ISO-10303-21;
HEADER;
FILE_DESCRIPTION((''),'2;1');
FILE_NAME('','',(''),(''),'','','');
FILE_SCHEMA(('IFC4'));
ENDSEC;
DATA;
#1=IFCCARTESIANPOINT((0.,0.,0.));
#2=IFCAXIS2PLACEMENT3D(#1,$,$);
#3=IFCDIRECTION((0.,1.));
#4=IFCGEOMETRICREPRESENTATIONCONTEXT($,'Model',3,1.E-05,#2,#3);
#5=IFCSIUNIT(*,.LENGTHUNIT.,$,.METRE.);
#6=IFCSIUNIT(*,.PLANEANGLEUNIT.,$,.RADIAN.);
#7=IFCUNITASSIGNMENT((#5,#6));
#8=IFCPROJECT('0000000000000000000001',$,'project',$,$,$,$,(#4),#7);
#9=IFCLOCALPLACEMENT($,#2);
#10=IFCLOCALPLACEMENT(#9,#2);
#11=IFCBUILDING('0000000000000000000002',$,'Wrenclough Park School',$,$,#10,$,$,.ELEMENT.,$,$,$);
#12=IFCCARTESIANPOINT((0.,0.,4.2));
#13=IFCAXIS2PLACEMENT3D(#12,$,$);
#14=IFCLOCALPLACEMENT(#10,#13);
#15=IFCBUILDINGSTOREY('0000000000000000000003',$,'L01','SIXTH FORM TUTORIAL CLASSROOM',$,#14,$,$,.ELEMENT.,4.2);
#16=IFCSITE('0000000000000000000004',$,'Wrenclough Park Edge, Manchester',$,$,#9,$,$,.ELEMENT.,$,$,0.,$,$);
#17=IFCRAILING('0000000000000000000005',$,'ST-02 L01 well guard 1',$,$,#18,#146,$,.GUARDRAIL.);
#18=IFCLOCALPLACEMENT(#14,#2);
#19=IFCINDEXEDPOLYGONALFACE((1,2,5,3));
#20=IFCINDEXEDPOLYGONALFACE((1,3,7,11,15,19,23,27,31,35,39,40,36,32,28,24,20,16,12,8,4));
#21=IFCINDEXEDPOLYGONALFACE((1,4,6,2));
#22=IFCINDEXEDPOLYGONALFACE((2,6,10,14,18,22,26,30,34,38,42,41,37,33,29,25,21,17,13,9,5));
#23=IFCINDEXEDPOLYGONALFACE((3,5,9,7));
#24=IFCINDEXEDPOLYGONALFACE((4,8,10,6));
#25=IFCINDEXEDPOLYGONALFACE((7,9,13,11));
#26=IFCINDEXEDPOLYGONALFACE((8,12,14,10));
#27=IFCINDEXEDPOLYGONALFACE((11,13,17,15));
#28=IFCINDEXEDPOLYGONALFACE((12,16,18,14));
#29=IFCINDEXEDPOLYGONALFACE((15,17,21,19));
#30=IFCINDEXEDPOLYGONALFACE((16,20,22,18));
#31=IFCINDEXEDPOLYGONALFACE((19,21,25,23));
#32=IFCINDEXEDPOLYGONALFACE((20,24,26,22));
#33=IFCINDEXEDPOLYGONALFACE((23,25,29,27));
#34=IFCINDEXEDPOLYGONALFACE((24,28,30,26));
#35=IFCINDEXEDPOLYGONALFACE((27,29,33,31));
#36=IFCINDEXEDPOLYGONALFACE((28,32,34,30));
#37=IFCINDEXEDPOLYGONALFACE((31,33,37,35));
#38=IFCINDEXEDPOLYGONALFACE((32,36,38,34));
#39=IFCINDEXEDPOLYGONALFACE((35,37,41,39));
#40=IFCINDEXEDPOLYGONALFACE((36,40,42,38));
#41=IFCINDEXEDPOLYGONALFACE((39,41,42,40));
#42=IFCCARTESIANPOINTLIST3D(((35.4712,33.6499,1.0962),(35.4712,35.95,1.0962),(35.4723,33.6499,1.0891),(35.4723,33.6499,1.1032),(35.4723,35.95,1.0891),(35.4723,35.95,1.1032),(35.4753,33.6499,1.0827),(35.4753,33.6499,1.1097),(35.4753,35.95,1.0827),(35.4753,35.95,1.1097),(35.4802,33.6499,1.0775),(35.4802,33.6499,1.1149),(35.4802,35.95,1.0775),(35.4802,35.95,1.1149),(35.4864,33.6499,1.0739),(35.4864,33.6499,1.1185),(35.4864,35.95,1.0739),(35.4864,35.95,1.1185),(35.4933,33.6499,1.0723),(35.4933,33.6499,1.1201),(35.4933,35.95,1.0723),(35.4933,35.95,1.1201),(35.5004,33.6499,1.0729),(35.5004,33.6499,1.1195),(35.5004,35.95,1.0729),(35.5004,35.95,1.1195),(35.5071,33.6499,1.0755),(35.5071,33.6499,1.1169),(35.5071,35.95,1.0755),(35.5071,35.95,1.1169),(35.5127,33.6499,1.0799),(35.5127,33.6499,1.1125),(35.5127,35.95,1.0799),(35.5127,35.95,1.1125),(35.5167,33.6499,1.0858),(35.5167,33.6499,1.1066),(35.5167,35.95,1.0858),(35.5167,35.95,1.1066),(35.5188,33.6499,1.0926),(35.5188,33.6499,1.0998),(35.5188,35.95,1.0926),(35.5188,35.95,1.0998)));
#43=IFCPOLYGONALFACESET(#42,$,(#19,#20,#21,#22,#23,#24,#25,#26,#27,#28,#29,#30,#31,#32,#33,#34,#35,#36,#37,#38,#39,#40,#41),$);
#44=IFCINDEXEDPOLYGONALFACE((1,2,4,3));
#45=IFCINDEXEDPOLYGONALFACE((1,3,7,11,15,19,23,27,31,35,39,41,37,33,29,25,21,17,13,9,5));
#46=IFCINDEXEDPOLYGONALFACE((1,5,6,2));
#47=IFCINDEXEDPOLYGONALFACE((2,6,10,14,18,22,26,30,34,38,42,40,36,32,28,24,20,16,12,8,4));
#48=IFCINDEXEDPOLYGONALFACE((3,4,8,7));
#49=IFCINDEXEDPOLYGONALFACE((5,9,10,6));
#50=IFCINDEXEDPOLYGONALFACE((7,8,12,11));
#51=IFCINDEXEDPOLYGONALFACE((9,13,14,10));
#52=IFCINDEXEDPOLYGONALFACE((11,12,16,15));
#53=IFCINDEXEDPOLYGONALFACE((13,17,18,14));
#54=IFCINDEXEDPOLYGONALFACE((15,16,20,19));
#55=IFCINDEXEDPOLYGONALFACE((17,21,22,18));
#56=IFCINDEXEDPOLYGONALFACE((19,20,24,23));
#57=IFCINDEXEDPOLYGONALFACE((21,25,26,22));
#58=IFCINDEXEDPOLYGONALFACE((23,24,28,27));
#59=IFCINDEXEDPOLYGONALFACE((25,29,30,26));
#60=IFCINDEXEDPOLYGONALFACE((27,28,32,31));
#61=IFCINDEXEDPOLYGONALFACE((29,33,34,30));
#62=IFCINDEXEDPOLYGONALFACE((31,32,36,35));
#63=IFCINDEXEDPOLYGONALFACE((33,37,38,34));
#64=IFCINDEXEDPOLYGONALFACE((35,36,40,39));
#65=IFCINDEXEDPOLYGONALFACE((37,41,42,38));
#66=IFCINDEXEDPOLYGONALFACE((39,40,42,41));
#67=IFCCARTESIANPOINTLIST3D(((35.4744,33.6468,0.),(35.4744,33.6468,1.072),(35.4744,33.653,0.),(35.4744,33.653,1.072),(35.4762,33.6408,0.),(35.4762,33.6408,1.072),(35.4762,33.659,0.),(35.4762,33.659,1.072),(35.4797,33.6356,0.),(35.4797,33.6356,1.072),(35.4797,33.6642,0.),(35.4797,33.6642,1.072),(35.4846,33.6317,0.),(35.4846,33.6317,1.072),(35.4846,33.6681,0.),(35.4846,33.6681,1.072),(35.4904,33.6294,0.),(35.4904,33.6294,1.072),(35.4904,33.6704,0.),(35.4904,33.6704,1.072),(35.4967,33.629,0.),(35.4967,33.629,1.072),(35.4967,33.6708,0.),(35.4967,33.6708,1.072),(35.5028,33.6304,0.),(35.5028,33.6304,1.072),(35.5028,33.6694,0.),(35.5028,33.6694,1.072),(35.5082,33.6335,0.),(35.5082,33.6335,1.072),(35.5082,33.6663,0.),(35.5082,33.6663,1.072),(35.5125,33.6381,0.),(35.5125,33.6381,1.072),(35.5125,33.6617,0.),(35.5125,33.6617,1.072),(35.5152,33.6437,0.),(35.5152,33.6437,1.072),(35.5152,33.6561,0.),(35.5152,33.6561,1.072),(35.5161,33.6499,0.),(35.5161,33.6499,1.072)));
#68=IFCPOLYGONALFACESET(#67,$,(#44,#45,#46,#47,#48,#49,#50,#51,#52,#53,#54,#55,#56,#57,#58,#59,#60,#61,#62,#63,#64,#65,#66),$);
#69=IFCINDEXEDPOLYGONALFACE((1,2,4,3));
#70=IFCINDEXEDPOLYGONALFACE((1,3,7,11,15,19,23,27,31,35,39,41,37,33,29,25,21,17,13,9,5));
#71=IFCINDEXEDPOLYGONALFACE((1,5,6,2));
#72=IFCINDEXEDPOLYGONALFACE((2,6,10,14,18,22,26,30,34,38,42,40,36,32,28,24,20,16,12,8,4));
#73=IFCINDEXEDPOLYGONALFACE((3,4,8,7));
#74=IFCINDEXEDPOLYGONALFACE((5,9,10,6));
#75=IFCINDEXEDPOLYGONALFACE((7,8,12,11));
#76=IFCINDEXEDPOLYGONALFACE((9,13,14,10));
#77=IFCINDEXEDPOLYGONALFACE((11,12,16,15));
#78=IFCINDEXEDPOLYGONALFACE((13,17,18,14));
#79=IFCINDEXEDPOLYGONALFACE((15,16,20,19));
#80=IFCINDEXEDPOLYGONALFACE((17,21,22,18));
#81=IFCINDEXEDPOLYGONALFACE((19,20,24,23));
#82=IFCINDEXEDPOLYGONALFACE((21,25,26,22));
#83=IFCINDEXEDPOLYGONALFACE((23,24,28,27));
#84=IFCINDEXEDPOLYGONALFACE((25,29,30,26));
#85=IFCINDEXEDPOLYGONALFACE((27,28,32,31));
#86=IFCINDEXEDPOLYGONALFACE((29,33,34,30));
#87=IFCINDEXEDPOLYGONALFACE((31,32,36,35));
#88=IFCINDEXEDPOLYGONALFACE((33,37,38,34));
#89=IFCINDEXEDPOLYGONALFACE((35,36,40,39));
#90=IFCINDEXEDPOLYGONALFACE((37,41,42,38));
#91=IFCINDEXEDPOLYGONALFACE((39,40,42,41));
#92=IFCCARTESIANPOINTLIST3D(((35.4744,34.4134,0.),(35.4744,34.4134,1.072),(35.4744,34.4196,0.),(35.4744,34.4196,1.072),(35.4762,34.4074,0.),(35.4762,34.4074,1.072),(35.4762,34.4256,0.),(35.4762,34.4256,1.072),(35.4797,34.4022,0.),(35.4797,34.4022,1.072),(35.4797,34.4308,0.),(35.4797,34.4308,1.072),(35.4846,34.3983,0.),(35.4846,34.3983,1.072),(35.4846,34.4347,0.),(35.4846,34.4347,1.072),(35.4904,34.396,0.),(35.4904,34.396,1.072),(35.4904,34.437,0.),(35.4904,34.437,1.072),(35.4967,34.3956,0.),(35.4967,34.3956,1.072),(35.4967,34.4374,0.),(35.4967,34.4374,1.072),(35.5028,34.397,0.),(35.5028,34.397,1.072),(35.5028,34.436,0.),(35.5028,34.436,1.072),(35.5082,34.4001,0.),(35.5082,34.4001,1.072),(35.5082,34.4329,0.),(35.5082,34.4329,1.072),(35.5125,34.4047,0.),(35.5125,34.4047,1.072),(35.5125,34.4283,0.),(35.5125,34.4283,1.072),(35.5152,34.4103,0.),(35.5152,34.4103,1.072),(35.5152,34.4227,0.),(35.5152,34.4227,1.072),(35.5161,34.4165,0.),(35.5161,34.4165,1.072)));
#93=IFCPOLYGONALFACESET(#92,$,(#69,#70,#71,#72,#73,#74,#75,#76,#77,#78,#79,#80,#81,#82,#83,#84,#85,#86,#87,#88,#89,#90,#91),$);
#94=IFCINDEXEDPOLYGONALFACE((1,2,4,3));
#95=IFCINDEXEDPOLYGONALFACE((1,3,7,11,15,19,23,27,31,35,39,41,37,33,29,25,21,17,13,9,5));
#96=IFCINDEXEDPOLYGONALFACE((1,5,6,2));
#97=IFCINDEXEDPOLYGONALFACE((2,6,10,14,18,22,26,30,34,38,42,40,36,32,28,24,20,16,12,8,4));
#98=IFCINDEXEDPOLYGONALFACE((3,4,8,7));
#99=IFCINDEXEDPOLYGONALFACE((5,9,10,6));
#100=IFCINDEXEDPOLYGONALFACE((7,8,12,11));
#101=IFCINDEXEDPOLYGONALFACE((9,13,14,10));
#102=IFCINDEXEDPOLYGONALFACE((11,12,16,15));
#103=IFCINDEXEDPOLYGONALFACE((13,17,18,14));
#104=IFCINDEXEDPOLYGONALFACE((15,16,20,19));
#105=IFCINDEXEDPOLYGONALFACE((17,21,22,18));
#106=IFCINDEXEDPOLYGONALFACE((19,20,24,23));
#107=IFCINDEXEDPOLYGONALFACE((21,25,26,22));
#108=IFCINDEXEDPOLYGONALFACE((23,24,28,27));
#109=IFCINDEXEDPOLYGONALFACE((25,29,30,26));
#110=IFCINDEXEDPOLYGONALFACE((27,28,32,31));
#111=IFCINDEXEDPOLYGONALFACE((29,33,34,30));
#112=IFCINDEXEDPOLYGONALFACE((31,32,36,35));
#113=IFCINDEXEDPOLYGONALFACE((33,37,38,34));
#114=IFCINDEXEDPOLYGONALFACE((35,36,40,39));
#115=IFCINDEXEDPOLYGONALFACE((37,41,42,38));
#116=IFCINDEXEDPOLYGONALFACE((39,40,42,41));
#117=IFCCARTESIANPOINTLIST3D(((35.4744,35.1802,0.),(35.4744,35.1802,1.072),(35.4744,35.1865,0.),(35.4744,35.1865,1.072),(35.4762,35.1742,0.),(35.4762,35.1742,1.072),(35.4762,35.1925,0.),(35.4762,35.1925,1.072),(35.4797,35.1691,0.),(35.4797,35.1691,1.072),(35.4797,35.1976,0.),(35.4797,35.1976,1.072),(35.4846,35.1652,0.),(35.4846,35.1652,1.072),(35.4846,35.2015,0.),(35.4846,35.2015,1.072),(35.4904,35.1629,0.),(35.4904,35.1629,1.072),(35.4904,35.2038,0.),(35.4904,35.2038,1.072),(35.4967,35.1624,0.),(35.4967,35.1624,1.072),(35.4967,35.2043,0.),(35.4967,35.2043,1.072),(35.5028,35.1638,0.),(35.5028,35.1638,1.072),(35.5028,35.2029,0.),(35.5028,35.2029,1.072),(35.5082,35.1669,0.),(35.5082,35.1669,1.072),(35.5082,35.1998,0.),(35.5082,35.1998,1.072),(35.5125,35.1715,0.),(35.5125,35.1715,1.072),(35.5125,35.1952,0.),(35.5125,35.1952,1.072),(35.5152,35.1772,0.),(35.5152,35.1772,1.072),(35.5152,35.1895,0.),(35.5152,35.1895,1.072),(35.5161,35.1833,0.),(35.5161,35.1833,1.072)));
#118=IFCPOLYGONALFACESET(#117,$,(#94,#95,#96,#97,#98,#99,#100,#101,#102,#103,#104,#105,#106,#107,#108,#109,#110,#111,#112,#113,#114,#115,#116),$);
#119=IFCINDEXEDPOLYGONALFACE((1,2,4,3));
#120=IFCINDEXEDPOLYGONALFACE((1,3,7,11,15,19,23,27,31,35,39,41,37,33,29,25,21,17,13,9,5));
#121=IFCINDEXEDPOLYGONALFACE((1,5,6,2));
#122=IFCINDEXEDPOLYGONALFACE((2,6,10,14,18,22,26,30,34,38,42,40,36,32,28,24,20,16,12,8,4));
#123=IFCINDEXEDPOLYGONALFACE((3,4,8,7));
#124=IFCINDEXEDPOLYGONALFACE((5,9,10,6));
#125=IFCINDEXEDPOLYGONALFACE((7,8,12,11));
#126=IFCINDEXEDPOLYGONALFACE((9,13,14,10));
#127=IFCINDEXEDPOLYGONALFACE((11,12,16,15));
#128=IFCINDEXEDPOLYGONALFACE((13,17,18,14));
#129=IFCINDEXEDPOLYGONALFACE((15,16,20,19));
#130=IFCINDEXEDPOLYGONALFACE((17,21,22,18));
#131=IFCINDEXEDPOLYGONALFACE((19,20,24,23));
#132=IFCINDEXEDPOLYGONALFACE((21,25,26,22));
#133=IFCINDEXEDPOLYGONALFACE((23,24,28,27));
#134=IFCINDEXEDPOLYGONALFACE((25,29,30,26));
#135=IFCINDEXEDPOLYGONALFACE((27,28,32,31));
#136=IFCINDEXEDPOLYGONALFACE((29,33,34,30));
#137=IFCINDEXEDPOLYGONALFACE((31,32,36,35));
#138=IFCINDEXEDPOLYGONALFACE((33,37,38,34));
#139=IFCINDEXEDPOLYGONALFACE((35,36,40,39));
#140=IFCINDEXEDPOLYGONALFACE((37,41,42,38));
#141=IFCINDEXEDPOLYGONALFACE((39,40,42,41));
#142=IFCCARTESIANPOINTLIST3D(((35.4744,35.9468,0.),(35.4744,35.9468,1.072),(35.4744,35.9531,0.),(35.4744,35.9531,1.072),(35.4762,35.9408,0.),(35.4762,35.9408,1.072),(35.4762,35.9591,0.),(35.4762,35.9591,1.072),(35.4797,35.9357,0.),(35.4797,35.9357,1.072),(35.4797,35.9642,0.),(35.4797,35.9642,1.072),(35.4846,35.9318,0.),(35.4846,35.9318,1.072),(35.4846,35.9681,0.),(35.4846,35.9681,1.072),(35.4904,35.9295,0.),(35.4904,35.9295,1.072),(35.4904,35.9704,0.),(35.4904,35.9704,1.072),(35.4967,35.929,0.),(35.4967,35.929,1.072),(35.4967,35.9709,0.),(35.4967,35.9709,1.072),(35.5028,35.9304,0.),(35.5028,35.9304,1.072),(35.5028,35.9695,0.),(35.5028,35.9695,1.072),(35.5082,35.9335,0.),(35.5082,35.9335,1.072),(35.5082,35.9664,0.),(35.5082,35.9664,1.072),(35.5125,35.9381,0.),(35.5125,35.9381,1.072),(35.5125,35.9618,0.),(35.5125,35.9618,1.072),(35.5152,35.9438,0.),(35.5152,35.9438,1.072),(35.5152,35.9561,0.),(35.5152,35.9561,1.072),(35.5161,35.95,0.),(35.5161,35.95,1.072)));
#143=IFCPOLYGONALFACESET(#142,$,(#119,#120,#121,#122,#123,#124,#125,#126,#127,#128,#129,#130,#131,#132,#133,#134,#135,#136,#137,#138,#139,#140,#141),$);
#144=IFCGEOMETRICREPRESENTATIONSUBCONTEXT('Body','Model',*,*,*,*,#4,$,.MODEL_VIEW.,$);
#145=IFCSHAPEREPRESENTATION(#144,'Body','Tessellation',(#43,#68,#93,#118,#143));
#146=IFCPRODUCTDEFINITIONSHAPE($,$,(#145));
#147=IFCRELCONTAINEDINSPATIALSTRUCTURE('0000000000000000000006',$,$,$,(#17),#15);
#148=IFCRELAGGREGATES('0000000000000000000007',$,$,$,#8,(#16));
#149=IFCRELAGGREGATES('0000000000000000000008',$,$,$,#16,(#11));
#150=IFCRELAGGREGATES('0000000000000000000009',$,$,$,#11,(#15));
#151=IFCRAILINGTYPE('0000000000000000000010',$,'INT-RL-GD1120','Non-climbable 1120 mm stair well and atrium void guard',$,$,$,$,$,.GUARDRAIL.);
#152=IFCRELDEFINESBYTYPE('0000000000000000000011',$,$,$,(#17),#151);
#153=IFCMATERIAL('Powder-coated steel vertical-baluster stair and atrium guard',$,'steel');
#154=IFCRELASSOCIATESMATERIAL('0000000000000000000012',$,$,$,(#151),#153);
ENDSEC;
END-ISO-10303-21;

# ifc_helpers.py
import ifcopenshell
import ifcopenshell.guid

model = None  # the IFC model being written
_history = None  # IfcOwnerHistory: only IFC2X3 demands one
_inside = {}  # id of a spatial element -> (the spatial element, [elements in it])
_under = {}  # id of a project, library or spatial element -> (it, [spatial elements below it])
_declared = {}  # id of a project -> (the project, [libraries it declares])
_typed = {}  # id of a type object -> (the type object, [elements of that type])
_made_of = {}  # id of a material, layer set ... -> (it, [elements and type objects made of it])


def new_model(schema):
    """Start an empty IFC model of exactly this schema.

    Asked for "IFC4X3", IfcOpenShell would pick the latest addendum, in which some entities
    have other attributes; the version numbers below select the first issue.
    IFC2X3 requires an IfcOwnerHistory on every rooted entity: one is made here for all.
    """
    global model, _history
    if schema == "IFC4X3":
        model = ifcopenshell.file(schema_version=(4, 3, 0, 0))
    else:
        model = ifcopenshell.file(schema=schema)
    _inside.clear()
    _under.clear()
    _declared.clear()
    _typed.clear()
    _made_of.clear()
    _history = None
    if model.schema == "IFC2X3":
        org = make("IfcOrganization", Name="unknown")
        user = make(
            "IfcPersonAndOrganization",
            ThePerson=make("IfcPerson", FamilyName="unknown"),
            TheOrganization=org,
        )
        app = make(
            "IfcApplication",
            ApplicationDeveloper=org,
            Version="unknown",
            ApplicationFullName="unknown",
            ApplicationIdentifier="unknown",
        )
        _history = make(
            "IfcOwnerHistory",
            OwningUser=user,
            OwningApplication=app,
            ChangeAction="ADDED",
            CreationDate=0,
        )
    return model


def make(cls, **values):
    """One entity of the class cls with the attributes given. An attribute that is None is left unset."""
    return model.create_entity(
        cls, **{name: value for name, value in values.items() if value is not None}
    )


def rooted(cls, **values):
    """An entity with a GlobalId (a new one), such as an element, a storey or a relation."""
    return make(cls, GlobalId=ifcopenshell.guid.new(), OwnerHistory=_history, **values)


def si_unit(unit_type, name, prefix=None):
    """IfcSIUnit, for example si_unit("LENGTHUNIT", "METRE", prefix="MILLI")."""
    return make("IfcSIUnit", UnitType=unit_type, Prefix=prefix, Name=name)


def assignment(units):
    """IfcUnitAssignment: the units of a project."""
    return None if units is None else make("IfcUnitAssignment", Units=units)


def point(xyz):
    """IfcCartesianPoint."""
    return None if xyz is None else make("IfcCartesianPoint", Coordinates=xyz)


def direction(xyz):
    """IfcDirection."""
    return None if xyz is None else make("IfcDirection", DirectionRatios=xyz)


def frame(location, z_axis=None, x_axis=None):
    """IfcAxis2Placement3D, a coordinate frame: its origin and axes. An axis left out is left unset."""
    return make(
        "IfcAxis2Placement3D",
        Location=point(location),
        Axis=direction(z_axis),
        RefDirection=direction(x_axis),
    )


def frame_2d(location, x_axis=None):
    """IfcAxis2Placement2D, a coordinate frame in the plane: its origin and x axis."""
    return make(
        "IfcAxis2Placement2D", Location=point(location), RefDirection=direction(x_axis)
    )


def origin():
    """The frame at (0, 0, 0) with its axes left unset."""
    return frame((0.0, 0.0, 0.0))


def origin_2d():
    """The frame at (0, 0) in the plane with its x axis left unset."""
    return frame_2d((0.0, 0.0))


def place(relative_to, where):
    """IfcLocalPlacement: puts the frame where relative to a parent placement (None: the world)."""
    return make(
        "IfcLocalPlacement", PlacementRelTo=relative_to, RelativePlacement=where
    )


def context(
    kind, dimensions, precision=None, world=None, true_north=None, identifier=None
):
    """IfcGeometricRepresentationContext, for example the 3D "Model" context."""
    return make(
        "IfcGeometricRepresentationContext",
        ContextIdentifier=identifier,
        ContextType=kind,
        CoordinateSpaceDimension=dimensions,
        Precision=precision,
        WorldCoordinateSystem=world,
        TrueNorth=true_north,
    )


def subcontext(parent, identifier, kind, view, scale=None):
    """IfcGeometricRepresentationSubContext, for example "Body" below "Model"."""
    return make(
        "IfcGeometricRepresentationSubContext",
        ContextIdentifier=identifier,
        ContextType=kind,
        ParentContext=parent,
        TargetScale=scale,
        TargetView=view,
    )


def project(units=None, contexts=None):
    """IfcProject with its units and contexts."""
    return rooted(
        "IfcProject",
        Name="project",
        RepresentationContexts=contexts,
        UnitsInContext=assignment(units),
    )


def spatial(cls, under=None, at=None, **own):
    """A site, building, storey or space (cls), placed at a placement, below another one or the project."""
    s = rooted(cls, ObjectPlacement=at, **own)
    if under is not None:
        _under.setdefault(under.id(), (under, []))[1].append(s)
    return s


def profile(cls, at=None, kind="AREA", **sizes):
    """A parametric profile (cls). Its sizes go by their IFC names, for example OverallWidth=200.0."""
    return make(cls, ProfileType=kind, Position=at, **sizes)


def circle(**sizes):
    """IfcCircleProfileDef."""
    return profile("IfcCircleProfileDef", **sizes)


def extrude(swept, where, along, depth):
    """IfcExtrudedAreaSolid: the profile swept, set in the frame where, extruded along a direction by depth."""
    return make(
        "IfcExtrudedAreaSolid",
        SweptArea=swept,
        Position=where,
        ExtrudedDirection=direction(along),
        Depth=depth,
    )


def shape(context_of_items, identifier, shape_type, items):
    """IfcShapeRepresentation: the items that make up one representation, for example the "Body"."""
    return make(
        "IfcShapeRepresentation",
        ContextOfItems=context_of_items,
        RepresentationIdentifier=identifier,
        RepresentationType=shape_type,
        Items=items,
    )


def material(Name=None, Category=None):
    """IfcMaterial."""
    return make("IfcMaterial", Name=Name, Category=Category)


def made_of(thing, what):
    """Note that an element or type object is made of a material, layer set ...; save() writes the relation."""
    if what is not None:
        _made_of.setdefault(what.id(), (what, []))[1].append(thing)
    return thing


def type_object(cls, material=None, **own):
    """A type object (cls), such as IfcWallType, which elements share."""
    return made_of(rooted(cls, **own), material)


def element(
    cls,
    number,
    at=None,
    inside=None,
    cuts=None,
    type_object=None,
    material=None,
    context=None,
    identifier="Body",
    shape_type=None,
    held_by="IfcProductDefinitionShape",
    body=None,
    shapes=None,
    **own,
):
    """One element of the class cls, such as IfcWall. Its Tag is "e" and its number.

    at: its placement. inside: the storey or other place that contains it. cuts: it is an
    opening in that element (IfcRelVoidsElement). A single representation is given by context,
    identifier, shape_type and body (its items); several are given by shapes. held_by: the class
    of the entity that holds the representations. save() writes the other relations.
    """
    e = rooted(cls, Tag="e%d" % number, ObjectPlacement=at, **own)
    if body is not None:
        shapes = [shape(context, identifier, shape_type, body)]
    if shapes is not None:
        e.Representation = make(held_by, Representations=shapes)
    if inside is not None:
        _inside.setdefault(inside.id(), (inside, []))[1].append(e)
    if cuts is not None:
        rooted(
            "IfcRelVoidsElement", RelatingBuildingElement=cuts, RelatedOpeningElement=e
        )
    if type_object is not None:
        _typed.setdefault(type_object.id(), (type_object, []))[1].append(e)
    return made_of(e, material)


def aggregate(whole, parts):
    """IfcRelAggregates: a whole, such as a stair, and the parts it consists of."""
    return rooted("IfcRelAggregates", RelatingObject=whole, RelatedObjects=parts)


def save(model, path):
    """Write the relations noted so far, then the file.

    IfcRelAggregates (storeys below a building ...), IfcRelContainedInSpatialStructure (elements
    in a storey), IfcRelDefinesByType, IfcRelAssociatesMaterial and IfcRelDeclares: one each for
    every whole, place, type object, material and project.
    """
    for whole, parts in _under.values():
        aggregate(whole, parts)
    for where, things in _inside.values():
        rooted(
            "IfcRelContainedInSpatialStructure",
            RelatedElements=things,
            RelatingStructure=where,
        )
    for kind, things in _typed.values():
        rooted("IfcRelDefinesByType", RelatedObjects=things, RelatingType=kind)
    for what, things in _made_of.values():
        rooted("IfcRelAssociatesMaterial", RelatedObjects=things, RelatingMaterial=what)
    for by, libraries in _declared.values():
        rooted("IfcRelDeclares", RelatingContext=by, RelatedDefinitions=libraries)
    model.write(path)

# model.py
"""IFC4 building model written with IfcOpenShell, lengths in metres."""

from ifc_helpers import new_model, si_unit, direction, frame, origin, origin_2d, place, context, subcontext, project, spatial, circle, extrude, material, type_object, element, save


model = new_model("IFC4")

# Units and contexts
model_context = context("Model", 3, precision=1e-05, world=origin(), true_north=direction((0.0, 1.0)))
body_context = subcontext(model_context, "Body", "Model", "MODEL_VIEW")
ifc_project = project(units=[si_unit("LENGTHUNIT", "METRE"), si_unit("PLANEANGLEUNIT", "RADIAN")], contexts=[model_context])

# Site, building, storey
site_placement = place(None, origin())
site = spatial("IfcSite", under=ifc_project, at=site_placement, Name="Wrenclough Park Edge, Manchester", CompositionType="ELEMENT", RefElevation=0.0)
building_placement = place(site_placement, origin())
building = spatial("IfcBuilding", under=site, at=building_placement, Name="Wrenclough Park School", CompositionType="ELEMENT")
storey_placement = place(building_placement, frame((0.0, 0.0, 4.2)))
storey = spatial("IfcBuildingStorey", under=building, at=storey_placement, Name="L01", Description="SIXTH FORM TUTORIAL CLASSROOM", CompositionType="ELEMENT", Elevation=4.2)

# Railing
ifc_material_1 = material(Name="Powder-coated steel vertical-baluster stair and atrium guard", Category="steel")
railing_type_1 = type_object("IfcRailingType", Name="INT-RL-GD1120", Description="Non-climbable 1120 mm stair well and atrium void guard", PredefinedType="GUARDRAIL", material=ifc_material_1)
railing_1_placement = place(storey_placement, frame((35.4951, 33.6499, 0.0)))
element("IfcRailing", 1, at=railing_1_placement, inside=storey, type_object=railing_type_1, Name="ST-02 L01 well guard 1", PredefinedType="GUARDRAIL", context=body_context, shape_type="SweptSolid", body=[
    extrude(circle(Radius=0.0239, at=origin_2d()), frame((0.0, 0.0, 1.0962), z_axis=(0.0, 1.0, 0.0), x_axis=(-1.0, 0.0, 0.0)), (0.0, 0.0, 1.0), 2.3),
    extrude(circle(Radius=0.021, at=origin_2d()), origin(), (0.0, 0.0, 1.0), 1.072),
    extrude(circle(Radius=0.021, at=origin_2d()), frame((0.0, 0.7666, 0.0)), (0.0, 0.0, 1.0), 1.072),
    extrude(circle(Radius=0.021, at=origin_2d()), frame((0.0, 1.5334, 0.0)), (0.0, 0.0, 1.0), 1.072),
    extrude(circle(Radius=0.021, at=origin_2d()), frame((0.0, 2.3, 0.0)), (0.0, 0.0, 1.0), 1.072),
])

save(model, "model.ifc")
